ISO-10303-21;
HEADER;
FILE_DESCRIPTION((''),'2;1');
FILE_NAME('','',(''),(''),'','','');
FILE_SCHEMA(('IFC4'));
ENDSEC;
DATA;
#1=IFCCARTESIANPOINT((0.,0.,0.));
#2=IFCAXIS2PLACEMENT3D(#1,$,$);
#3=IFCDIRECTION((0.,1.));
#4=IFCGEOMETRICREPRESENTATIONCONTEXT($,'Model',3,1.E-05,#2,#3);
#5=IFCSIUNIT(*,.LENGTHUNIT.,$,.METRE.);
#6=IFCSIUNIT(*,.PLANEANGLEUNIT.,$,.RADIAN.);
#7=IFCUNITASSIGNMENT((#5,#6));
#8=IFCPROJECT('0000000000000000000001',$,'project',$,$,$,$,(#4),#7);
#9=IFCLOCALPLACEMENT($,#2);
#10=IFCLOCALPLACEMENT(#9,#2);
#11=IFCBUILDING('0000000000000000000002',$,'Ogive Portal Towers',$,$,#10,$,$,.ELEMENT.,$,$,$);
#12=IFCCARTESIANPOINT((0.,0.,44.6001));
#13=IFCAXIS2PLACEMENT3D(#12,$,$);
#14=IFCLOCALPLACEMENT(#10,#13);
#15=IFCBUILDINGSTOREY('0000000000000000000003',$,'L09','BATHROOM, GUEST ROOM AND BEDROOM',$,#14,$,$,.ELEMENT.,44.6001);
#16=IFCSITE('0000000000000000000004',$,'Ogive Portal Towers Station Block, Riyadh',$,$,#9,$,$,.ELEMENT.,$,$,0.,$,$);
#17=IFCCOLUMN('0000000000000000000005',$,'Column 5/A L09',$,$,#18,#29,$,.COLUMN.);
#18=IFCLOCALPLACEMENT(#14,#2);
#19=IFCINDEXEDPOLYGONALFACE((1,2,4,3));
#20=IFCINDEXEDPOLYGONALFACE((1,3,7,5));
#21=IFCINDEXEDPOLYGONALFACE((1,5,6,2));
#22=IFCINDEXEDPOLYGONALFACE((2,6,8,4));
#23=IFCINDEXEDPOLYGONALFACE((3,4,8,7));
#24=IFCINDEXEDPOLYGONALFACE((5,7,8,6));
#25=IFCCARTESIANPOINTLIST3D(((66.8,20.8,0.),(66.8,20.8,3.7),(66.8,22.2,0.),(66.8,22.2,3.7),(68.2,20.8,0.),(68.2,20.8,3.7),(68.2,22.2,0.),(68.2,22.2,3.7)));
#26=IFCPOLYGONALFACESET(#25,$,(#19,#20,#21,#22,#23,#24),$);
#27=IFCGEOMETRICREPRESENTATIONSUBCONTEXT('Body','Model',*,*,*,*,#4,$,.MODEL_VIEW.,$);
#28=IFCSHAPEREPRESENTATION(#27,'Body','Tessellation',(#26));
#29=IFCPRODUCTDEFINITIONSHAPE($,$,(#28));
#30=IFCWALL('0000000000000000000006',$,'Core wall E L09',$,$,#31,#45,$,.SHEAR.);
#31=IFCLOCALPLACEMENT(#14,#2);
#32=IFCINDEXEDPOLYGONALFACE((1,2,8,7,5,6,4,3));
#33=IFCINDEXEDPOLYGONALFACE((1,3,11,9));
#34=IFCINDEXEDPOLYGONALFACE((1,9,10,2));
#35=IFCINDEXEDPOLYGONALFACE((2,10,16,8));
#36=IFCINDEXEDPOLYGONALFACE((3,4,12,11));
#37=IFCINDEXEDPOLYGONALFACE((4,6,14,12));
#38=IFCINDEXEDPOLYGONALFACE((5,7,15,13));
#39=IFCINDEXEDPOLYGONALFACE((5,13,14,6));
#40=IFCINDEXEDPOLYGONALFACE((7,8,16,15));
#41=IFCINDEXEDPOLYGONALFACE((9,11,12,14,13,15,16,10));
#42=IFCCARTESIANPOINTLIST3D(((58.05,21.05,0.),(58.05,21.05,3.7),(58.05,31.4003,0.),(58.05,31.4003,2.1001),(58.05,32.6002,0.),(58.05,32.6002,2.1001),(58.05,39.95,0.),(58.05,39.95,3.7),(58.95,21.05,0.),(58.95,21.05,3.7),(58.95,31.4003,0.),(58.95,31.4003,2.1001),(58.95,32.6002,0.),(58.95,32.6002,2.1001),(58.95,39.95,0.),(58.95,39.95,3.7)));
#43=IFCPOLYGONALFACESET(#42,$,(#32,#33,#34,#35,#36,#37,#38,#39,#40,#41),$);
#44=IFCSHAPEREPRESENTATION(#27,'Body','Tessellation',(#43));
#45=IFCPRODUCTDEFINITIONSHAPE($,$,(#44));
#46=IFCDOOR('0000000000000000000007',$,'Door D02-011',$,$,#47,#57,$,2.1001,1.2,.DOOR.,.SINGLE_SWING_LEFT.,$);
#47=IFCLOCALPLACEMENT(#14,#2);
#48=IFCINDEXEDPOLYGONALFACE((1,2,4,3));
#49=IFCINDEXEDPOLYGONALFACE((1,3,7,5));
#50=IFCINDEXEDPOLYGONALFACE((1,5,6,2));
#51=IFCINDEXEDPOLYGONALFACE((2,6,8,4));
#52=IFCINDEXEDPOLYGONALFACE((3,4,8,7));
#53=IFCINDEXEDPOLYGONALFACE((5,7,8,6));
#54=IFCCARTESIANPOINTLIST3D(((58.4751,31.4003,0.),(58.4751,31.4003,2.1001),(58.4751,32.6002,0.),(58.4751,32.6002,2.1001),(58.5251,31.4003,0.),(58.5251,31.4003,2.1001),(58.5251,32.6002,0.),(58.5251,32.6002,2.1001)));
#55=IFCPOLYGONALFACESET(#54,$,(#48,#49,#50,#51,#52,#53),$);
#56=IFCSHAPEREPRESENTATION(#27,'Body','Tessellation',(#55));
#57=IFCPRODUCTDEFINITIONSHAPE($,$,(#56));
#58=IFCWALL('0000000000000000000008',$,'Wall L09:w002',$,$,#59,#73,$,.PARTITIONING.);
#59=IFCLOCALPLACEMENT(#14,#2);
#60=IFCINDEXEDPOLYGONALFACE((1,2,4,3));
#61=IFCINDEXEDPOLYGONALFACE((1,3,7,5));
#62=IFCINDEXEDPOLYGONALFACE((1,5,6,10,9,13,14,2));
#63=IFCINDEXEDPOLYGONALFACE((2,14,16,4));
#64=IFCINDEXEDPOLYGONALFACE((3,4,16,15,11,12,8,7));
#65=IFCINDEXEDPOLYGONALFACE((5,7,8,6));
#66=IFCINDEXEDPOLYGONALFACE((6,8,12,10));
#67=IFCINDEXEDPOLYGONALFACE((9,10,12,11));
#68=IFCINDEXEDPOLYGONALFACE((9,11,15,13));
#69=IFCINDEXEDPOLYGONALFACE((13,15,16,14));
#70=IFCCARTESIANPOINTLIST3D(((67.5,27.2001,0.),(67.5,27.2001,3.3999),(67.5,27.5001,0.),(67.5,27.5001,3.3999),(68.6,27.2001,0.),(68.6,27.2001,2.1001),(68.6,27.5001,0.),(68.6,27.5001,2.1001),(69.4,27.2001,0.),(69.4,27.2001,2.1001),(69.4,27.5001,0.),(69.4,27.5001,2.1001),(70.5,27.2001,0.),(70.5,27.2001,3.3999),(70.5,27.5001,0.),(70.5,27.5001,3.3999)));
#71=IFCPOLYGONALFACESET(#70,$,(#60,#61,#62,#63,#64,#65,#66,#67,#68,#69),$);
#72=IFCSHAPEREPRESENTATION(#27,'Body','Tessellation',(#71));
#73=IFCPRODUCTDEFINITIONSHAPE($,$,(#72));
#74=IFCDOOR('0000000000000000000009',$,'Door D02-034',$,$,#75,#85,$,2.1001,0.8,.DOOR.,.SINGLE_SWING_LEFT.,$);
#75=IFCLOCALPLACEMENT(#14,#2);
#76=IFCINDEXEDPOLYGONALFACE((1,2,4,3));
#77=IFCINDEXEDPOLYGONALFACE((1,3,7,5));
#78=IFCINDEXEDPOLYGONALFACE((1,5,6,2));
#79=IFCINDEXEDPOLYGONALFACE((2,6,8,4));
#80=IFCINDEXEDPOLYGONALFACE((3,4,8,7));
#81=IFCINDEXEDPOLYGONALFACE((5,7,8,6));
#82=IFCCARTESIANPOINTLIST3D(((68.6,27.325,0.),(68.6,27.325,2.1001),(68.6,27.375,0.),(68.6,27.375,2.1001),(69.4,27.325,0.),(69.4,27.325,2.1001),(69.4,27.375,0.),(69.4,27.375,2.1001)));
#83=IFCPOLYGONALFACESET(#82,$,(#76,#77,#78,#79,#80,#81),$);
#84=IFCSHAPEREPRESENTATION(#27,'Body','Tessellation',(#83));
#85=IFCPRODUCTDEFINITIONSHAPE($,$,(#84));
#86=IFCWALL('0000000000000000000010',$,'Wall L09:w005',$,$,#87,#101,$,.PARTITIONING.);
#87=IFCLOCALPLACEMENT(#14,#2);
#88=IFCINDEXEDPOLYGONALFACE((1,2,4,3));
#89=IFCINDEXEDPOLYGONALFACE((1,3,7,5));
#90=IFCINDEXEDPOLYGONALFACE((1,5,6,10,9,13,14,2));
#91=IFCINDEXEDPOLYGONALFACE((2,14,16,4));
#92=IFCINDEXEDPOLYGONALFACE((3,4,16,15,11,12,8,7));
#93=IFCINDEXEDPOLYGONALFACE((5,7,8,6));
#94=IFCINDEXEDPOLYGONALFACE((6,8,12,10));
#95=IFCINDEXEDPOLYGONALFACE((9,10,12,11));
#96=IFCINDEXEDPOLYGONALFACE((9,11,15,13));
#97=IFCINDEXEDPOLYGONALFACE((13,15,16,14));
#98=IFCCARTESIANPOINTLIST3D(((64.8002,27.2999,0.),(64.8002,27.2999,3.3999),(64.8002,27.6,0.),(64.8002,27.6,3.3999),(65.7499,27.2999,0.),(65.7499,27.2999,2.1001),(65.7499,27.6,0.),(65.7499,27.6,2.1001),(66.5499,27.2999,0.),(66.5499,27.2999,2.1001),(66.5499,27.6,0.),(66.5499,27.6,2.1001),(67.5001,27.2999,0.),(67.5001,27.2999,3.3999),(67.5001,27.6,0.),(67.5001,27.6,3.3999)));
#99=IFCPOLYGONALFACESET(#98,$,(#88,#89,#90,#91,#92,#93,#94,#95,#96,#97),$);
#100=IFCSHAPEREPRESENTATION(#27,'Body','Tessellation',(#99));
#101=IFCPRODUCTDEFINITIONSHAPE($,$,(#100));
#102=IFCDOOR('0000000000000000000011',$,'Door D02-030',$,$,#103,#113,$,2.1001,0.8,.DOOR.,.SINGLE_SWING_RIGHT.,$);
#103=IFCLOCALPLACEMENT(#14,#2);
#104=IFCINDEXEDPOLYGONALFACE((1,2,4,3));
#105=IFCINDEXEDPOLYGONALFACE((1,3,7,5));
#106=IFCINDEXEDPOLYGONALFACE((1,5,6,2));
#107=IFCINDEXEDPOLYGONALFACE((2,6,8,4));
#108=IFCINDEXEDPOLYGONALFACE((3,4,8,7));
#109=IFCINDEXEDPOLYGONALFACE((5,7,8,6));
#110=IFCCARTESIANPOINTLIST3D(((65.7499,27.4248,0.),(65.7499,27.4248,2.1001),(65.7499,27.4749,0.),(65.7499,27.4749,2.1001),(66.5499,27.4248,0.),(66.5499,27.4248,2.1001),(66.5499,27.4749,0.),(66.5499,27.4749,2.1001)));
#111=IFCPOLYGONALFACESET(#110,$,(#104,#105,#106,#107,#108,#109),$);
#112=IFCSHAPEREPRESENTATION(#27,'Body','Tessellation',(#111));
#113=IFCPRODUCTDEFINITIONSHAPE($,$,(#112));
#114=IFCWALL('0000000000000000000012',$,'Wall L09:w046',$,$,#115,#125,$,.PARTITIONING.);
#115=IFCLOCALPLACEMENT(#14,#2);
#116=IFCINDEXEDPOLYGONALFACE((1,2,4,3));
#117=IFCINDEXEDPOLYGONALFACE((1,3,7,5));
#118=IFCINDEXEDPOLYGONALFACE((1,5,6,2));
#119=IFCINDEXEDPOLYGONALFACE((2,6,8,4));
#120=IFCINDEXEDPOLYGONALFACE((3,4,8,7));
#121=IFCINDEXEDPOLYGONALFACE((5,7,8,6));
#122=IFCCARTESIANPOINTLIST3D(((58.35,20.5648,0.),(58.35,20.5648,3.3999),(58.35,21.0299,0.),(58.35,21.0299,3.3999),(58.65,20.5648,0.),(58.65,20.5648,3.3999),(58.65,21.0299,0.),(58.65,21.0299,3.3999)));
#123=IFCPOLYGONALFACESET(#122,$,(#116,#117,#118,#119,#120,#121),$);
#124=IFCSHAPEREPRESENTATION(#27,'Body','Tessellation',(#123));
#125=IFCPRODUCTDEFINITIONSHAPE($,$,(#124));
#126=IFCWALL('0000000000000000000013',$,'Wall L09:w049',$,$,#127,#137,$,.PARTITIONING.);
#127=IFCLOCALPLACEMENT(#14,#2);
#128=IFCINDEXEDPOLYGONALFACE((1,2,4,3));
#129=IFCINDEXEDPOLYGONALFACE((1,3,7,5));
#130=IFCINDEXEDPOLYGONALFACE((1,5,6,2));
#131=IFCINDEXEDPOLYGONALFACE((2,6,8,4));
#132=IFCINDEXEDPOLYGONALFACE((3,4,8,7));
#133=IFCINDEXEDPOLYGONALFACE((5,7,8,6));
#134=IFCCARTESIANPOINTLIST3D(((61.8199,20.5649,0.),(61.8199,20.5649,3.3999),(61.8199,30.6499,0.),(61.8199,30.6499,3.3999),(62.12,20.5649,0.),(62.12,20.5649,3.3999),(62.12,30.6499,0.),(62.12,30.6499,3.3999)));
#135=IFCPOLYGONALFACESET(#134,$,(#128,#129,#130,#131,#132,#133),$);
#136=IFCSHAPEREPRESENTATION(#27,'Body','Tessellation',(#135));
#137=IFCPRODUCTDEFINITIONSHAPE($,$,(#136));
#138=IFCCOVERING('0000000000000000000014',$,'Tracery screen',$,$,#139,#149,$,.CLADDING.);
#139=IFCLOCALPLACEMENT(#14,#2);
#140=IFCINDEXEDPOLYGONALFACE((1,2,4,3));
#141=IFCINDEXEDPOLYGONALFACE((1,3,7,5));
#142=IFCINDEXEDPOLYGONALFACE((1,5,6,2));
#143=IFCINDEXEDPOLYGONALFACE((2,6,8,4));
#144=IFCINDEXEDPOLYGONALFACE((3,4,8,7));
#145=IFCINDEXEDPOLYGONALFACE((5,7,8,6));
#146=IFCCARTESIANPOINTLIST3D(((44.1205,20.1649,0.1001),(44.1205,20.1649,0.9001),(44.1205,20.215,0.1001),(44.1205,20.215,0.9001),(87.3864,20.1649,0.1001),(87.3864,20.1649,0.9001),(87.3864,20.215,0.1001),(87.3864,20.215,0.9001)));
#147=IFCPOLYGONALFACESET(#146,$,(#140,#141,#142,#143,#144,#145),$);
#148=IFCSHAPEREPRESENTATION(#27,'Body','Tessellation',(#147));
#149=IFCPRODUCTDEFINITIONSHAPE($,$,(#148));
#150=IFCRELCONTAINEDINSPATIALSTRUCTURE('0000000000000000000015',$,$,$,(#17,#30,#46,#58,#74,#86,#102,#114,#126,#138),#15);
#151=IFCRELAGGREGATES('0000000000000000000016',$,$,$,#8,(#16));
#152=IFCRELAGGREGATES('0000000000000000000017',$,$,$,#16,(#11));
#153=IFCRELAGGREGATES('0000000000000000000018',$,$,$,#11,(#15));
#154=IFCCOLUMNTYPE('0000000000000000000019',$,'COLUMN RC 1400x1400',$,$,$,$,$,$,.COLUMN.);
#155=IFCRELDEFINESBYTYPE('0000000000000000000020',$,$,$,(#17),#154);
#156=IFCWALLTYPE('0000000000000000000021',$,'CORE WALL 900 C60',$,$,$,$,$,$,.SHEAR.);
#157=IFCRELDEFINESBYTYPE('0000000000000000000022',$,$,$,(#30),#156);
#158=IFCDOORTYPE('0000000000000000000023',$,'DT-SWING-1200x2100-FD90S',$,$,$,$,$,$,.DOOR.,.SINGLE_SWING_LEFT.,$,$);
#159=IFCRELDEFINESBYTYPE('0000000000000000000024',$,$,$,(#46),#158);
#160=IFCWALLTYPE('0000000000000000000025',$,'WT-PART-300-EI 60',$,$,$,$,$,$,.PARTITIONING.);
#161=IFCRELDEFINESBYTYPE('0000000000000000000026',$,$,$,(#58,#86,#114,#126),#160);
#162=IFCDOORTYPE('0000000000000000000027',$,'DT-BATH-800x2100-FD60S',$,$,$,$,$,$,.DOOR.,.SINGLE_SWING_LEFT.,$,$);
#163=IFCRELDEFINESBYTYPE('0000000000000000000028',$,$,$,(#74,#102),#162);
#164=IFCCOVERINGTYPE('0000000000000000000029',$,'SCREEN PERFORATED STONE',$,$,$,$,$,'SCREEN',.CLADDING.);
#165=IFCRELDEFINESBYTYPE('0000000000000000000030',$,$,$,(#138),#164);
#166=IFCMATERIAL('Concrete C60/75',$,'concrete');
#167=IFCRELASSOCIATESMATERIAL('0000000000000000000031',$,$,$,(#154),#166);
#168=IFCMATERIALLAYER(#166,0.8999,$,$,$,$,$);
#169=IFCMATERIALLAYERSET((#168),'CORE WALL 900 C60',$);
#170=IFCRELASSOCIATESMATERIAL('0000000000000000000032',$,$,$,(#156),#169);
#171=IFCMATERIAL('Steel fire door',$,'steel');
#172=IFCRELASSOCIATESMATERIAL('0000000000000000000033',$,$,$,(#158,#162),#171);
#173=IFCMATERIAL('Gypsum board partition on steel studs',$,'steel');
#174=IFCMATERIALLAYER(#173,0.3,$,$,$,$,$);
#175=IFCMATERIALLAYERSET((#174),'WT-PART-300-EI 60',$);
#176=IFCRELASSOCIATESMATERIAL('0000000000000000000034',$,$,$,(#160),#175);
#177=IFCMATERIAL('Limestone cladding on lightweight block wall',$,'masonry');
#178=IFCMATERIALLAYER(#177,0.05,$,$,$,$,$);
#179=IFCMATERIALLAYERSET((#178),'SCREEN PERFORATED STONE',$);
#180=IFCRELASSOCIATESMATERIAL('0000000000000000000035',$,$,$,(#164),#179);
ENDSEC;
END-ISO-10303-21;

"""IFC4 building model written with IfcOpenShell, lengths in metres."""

from ifc_helpers import new_model, si_unit, direction, frame, frame_2d, origin, origin_2d, place, context, subcontext, project, spatial, rectangle, extrude, material, layer, layer_set, material_profile, profile_set, type_object, element, fill, save


model = new_model("IFC4")

# Units and contexts
model_context = context("Model", 3, precision=1e-05, world=origin(), true_north=direction((0.0, 1.0)))
body_context = subcontext(model_context, "Body", "Model", "MODEL_VIEW")
ifc_project = project(units=[si_unit("LENGTHUNIT", "METRE"), si_unit("PLANEANGLEUNIT", "RADIAN")], contexts=[model_context])

# Site, building, storey
site_placement = place(None, origin())
site = spatial("IfcSite", under=ifc_project, at=site_placement, Name="Ogive Portal Towers Station Block, Riyadh", CompositionType="ELEMENT", RefElevation=0.0)
building_placement = place(site_placement, origin())
building = spatial("IfcBuilding", under=site, at=building_placement, Name="Ogive Portal Towers", CompositionType="ELEMENT")
storey_placement = place(building_placement, frame((0.0, 0.0, 44.6001)))
storey = spatial("IfcBuildingStorey", under=building, at=storey_placement, Name="L09", Description="BATHROOM, GUEST ROOM AND BEDROOM", CompositionType="ELEMENT", Elevation=44.6001)

# Column
ifc_material_1 = material(Name="Concrete C60/75", Category="concrete")
ifc_material_profile = material_profile(ifc_material_1, rectangle(XDim=1.3999, YDim=1.3999, at=origin_2d()), Name="RC 1400x1400")
ifc_profile_set = profile_set([ifc_material_profile], Name="Concrete C60/75")
column_type = type_object("IfcColumnType", Name="COLUMN RC 1400x1400", PredefinedType="COLUMN", material=ifc_profile_set)
column_placement = place(storey_placement, frame((67.5, 21.5, 0.0), z_axis=(0.0, 0.0, 1.0), x_axis=(1.0, 0.0, 0.0)))
element("IfcColumn", 1, at=column_placement, inside=storey, type_object=column_type, Name="Column 5/A L09", PredefinedType="COLUMN", context=body_context, shape_type="SweptSolid", body=[
    extrude(rectangle(XDim=1.3999, YDim=1.3999, at=origin_2d()), origin(), (0.0, 0.0, 1.0), 3.7),
])

# Walls, openings, doors
ifc_layer_1 = layer(ifc_material_1, 0.8999)
ifc_layer_set_1 = layer_set([ifc_layer_1], Name="CORE WALL 900 C60")
wall_type_1 = type_object("IfcWallType", Name="CORE WALL 900 C60", PredefinedType="SHEAR", material=ifc_layer_set_1)
wall_1_placement = place(storey_placement, frame((58.5, 21.05, 0.0), z_axis=(0.0, 0.0, 1.0), x_axis=(0.0, 1.0, 0.0)))
wall_1 = element("IfcWall", 2, at=wall_1_placement, inside=storey, type_object=wall_type_1, Name="Core wall E L09", PredefinedType="SHEAR", context=body_context, shape_type="SweptSolid", body=[
    extrude(rectangle(XDim=18.8999, YDim=0.8999, at=frame_2d((9.45, 0.0))), origin(), (0.0, 0.0, 1.0), 3.7),
])
opening_1_placement = place(wall_1_placement, frame((10.3501, 0.0, 0.0)))
opening_1 = element("IfcOpeningElement", 3, at=opening_1_placement, cuts=wall_1, PredefinedType="OPENING", context=body_context, shape_type="SweptSolid", body=[
    extrude(rectangle(XDim=1.2, YDim=2.1001, at=frame_2d((0.6001, 1.05))), frame((0.0, 0.46, 0.0), z_axis=(0.0, -1.0, 0.0), x_axis=(1.0, 0.0, 0.0)), (0.0, 0.0, 1.0), 0.9199),
])
ifc_material_2 = material(Name="Steel fire door", Category="steel")
door_type_1 = type_object("IfcDoorType", Name="DT-SWING-1200x2100-FD90S", OperationType="SINGLE_SWING_LEFT", PredefinedType="DOOR", material=ifc_material_2)
door_1_placement = place(opening_1_placement, origin())
door_1 = element("IfcDoor", 4, at=door_1_placement, inside=storey, type_object=door_type_1, Name="Door D02-011", OperationType="SINGLE_SWING_LEFT", OverallHeight=2.1001, OverallWidth=1.2, PredefinedType="DOOR", context=body_context, shape_type="SweptSolid", body=[
    extrude(rectangle(XDim=1.2, YDim=2.1001, at=frame_2d((0.6001, 1.05))), frame((0.0, 0.0249, 0.0), z_axis=(0.0, -1.0, 0.0), x_axis=(1.0, 0.0, 0.0)), (0.0, 0.0, 1.0), 0.05),
])
fill(opening_1, door_1)
ifc_material_3 = material(Name="Gypsum board partition on steel studs", Category="steel")
ifc_layer_2 = layer(ifc_material_3, 0.3)
ifc_layer_set_2 = layer_set([ifc_layer_2], Name="WT-PART-300-EI 60")
wall_type_2 = type_object("IfcWallType", Name="WT-PART-300-EI 60", PredefinedType="PARTITIONING", material=ifc_layer_set_2)
wall_2_placement = place(storey_placement, frame((67.5, 27.3501, 0.0), z_axis=(0.0, 0.0, 1.0), x_axis=(1.0, 0.0, 0.0)))
wall_2 = element("IfcWall", 5, at=wall_2_placement, inside=storey, type_object=wall_type_2, Name="Wall L09:w002", PredefinedType="PARTITIONING", context=body_context, shape_type="SweptSolid", body=[
    extrude(rectangle(XDim=3.0, YDim=0.3, at=frame_2d((1.5, 0.0))), origin(), (0.0, 0.0, 1.0), 3.3999),
])
opening_2_placement = place(wall_2_placement, frame((1.1001, 0.0, 0.0)))
opening_2 = element("IfcOpeningElement", 6, at=opening_2_placement, cuts=wall_2, PredefinedType="OPENING", context=body_context, shape_type="SweptSolid", body=[
    extrude(rectangle(XDim=0.8, YDim=2.1001, at=frame_2d((0.3999, 1.05))), frame((0.0, 0.1602, 0.0), z_axis=(0.0, -1.0, 0.0), x_axis=(1.0, 0.0, 0.0)), (0.0, 0.0, 1.0), 0.3201),
])
door_type_2 = type_object("IfcDoorType", Name="DT-BATH-800x2100-FD60S", OperationType="SINGLE_SWING_LEFT", PredefinedType="DOOR", material=ifc_material_2)
door_2_placement = place(opening_2_placement, origin())
door_2 = element("IfcDoor", 7, at=door_2_placement, inside=storey, type_object=door_type_2, Name="Door D02-034", OperationType="SINGLE_SWING_LEFT", OverallHeight=2.1001, OverallWidth=0.8, PredefinedType="DOOR", context=body_context, shape_type="SweptSolid", body=[
    extrude(rectangle(XDim=0.8, YDim=2.1001, at=frame_2d((0.3999, 1.05))), frame((0.0, 0.0249, 0.0), z_axis=(0.0, -1.0, 0.0), x_axis=(1.0, 0.0, 0.0)), (0.0, 0.0, 1.0), 0.05),
])
fill(opening_2, door_2)
wall_3_placement = place(storey_placement, frame((64.8, 27.45, 0.0), z_axis=(0.0, 0.0, 1.0), x_axis=(1.0, 0.0, 0.0)))
wall_3 = element("IfcWall", 8, at=wall_3_placement, inside=storey, type_object=wall_type_2, Name="Wall L09:w005", PredefinedType="PARTITIONING", context=body_context, shape_type="SweptSolid", body=[
    extrude(rectangle(XDim=2.7, YDim=0.3, at=frame_2d((1.3501, 0.0))), origin(), (0.0, 0.0, 1.0), 3.3999),
])
opening_3_placement = place(wall_3_placement, frame((0.95, 0.0, 0.0)))
opening_3 = element("IfcOpeningElement", 9, at=opening_3_placement, cuts=wall_3, PredefinedType="OPENING", context=body_context, shape_type="SweptSolid", body=[
    extrude(rectangle(XDim=0.8, YDim=2.1001, at=frame_2d((0.3999, 1.05))), frame((0.0, 0.1602, 0.0), z_axis=(0.0, -1.0, 0.0), x_axis=(1.0, 0.0, 0.0)), (0.0, 0.0, 1.0), 0.3201),
])
door_3_placement = place(opening_3_placement, origin())
door_3 = element("IfcDoor", 10, at=door_3_placement, inside=storey, type_object=door_type_2, Name="Door D02-030", OperationType="SINGLE_SWING_RIGHT", OverallHeight=2.1001, OverallWidth=0.8, PredefinedType="DOOR", context=body_context, shape_type="SweptSolid", body=[
    extrude(rectangle(XDim=0.8, YDim=2.1001, at=frame_2d((0.3999, 1.05))), frame((0.0, 0.0249, 0.0), z_axis=(0.0, -1.0, 0.0), x_axis=(1.0, 0.0, 0.0)), (0.0, 0.0, 1.0), 0.05),
])
fill(opening_3, door_3)

# Walls
wall_4_placement = place(storey_placement, frame((58.5, 20.5649, 0.0), z_axis=(0.0, 0.0, 1.0), x_axis=(0.0, 1.0, 0.0)))
element("IfcWall", 11, at=wall_4_placement, inside=storey, type_object=wall_type_2, Name="Wall L09:w046", PredefinedType="PARTITIONING", context=body_context, shape_type="SweptSolid", body=[
    extrude(rectangle(XDim=0.4651, YDim=0.3, at=frame_2d((0.2324, 0.0))), origin(), (0.0, 0.0, 1.0), 3.3999),
])
wall_5_placement = place(storey_placement, frame((61.97, 20.5649, 0.0), z_axis=(0.0, 0.0, 1.0), x_axis=(0.0, 1.0, 0.0)))
element("IfcWall", 12, at=wall_5_placement, inside=storey, type_object=wall_type_2, Name="Wall L09:w049", PredefinedType="PARTITIONING", context=body_context, shape_type="SweptSolid", body=[
    extrude(rectangle(XDim=10.085, YDim=0.3, at=frame_2d((5.0425, 0.0))), origin(), (0.0, 0.0, 1.0), 3.3999),
])

# Covering
ifc_material_4 = material(Name="Limestone cladding on lightweight block wall", Category="masonry")
ifc_layer_3 = layer(ifc_material_4, 0.05)
ifc_layer_set_3 = layer_set([ifc_layer_3], Name="SCREEN PERFORATED STONE")
covering_type = type_object("IfcCoveringType", Name="SCREEN PERFORATED STONE", ElementType="SCREEN", PredefinedType="CLADDING", material=ifc_layer_set_3)
covering_placement = place(storey_placement, frame((65.7534, 20.1899, 0.1001), z_axis=(0.0, 0.0, 1.0), x_axis=(1.0, 0.0, 0.0)))
element("IfcCovering", 13, at=covering_placement, inside=storey, type_object=covering_type, Name="Tracery screen", PredefinedType="CLADDING", context=body_context, shape_type="SweptSolid", body=[
    extrude(rectangle(XDim=43.2659, YDim=0.05, at=origin_2d()), origin(), (0.0, 0.0, 1.0), 0.8),
])

save(model, "model.ifc")
